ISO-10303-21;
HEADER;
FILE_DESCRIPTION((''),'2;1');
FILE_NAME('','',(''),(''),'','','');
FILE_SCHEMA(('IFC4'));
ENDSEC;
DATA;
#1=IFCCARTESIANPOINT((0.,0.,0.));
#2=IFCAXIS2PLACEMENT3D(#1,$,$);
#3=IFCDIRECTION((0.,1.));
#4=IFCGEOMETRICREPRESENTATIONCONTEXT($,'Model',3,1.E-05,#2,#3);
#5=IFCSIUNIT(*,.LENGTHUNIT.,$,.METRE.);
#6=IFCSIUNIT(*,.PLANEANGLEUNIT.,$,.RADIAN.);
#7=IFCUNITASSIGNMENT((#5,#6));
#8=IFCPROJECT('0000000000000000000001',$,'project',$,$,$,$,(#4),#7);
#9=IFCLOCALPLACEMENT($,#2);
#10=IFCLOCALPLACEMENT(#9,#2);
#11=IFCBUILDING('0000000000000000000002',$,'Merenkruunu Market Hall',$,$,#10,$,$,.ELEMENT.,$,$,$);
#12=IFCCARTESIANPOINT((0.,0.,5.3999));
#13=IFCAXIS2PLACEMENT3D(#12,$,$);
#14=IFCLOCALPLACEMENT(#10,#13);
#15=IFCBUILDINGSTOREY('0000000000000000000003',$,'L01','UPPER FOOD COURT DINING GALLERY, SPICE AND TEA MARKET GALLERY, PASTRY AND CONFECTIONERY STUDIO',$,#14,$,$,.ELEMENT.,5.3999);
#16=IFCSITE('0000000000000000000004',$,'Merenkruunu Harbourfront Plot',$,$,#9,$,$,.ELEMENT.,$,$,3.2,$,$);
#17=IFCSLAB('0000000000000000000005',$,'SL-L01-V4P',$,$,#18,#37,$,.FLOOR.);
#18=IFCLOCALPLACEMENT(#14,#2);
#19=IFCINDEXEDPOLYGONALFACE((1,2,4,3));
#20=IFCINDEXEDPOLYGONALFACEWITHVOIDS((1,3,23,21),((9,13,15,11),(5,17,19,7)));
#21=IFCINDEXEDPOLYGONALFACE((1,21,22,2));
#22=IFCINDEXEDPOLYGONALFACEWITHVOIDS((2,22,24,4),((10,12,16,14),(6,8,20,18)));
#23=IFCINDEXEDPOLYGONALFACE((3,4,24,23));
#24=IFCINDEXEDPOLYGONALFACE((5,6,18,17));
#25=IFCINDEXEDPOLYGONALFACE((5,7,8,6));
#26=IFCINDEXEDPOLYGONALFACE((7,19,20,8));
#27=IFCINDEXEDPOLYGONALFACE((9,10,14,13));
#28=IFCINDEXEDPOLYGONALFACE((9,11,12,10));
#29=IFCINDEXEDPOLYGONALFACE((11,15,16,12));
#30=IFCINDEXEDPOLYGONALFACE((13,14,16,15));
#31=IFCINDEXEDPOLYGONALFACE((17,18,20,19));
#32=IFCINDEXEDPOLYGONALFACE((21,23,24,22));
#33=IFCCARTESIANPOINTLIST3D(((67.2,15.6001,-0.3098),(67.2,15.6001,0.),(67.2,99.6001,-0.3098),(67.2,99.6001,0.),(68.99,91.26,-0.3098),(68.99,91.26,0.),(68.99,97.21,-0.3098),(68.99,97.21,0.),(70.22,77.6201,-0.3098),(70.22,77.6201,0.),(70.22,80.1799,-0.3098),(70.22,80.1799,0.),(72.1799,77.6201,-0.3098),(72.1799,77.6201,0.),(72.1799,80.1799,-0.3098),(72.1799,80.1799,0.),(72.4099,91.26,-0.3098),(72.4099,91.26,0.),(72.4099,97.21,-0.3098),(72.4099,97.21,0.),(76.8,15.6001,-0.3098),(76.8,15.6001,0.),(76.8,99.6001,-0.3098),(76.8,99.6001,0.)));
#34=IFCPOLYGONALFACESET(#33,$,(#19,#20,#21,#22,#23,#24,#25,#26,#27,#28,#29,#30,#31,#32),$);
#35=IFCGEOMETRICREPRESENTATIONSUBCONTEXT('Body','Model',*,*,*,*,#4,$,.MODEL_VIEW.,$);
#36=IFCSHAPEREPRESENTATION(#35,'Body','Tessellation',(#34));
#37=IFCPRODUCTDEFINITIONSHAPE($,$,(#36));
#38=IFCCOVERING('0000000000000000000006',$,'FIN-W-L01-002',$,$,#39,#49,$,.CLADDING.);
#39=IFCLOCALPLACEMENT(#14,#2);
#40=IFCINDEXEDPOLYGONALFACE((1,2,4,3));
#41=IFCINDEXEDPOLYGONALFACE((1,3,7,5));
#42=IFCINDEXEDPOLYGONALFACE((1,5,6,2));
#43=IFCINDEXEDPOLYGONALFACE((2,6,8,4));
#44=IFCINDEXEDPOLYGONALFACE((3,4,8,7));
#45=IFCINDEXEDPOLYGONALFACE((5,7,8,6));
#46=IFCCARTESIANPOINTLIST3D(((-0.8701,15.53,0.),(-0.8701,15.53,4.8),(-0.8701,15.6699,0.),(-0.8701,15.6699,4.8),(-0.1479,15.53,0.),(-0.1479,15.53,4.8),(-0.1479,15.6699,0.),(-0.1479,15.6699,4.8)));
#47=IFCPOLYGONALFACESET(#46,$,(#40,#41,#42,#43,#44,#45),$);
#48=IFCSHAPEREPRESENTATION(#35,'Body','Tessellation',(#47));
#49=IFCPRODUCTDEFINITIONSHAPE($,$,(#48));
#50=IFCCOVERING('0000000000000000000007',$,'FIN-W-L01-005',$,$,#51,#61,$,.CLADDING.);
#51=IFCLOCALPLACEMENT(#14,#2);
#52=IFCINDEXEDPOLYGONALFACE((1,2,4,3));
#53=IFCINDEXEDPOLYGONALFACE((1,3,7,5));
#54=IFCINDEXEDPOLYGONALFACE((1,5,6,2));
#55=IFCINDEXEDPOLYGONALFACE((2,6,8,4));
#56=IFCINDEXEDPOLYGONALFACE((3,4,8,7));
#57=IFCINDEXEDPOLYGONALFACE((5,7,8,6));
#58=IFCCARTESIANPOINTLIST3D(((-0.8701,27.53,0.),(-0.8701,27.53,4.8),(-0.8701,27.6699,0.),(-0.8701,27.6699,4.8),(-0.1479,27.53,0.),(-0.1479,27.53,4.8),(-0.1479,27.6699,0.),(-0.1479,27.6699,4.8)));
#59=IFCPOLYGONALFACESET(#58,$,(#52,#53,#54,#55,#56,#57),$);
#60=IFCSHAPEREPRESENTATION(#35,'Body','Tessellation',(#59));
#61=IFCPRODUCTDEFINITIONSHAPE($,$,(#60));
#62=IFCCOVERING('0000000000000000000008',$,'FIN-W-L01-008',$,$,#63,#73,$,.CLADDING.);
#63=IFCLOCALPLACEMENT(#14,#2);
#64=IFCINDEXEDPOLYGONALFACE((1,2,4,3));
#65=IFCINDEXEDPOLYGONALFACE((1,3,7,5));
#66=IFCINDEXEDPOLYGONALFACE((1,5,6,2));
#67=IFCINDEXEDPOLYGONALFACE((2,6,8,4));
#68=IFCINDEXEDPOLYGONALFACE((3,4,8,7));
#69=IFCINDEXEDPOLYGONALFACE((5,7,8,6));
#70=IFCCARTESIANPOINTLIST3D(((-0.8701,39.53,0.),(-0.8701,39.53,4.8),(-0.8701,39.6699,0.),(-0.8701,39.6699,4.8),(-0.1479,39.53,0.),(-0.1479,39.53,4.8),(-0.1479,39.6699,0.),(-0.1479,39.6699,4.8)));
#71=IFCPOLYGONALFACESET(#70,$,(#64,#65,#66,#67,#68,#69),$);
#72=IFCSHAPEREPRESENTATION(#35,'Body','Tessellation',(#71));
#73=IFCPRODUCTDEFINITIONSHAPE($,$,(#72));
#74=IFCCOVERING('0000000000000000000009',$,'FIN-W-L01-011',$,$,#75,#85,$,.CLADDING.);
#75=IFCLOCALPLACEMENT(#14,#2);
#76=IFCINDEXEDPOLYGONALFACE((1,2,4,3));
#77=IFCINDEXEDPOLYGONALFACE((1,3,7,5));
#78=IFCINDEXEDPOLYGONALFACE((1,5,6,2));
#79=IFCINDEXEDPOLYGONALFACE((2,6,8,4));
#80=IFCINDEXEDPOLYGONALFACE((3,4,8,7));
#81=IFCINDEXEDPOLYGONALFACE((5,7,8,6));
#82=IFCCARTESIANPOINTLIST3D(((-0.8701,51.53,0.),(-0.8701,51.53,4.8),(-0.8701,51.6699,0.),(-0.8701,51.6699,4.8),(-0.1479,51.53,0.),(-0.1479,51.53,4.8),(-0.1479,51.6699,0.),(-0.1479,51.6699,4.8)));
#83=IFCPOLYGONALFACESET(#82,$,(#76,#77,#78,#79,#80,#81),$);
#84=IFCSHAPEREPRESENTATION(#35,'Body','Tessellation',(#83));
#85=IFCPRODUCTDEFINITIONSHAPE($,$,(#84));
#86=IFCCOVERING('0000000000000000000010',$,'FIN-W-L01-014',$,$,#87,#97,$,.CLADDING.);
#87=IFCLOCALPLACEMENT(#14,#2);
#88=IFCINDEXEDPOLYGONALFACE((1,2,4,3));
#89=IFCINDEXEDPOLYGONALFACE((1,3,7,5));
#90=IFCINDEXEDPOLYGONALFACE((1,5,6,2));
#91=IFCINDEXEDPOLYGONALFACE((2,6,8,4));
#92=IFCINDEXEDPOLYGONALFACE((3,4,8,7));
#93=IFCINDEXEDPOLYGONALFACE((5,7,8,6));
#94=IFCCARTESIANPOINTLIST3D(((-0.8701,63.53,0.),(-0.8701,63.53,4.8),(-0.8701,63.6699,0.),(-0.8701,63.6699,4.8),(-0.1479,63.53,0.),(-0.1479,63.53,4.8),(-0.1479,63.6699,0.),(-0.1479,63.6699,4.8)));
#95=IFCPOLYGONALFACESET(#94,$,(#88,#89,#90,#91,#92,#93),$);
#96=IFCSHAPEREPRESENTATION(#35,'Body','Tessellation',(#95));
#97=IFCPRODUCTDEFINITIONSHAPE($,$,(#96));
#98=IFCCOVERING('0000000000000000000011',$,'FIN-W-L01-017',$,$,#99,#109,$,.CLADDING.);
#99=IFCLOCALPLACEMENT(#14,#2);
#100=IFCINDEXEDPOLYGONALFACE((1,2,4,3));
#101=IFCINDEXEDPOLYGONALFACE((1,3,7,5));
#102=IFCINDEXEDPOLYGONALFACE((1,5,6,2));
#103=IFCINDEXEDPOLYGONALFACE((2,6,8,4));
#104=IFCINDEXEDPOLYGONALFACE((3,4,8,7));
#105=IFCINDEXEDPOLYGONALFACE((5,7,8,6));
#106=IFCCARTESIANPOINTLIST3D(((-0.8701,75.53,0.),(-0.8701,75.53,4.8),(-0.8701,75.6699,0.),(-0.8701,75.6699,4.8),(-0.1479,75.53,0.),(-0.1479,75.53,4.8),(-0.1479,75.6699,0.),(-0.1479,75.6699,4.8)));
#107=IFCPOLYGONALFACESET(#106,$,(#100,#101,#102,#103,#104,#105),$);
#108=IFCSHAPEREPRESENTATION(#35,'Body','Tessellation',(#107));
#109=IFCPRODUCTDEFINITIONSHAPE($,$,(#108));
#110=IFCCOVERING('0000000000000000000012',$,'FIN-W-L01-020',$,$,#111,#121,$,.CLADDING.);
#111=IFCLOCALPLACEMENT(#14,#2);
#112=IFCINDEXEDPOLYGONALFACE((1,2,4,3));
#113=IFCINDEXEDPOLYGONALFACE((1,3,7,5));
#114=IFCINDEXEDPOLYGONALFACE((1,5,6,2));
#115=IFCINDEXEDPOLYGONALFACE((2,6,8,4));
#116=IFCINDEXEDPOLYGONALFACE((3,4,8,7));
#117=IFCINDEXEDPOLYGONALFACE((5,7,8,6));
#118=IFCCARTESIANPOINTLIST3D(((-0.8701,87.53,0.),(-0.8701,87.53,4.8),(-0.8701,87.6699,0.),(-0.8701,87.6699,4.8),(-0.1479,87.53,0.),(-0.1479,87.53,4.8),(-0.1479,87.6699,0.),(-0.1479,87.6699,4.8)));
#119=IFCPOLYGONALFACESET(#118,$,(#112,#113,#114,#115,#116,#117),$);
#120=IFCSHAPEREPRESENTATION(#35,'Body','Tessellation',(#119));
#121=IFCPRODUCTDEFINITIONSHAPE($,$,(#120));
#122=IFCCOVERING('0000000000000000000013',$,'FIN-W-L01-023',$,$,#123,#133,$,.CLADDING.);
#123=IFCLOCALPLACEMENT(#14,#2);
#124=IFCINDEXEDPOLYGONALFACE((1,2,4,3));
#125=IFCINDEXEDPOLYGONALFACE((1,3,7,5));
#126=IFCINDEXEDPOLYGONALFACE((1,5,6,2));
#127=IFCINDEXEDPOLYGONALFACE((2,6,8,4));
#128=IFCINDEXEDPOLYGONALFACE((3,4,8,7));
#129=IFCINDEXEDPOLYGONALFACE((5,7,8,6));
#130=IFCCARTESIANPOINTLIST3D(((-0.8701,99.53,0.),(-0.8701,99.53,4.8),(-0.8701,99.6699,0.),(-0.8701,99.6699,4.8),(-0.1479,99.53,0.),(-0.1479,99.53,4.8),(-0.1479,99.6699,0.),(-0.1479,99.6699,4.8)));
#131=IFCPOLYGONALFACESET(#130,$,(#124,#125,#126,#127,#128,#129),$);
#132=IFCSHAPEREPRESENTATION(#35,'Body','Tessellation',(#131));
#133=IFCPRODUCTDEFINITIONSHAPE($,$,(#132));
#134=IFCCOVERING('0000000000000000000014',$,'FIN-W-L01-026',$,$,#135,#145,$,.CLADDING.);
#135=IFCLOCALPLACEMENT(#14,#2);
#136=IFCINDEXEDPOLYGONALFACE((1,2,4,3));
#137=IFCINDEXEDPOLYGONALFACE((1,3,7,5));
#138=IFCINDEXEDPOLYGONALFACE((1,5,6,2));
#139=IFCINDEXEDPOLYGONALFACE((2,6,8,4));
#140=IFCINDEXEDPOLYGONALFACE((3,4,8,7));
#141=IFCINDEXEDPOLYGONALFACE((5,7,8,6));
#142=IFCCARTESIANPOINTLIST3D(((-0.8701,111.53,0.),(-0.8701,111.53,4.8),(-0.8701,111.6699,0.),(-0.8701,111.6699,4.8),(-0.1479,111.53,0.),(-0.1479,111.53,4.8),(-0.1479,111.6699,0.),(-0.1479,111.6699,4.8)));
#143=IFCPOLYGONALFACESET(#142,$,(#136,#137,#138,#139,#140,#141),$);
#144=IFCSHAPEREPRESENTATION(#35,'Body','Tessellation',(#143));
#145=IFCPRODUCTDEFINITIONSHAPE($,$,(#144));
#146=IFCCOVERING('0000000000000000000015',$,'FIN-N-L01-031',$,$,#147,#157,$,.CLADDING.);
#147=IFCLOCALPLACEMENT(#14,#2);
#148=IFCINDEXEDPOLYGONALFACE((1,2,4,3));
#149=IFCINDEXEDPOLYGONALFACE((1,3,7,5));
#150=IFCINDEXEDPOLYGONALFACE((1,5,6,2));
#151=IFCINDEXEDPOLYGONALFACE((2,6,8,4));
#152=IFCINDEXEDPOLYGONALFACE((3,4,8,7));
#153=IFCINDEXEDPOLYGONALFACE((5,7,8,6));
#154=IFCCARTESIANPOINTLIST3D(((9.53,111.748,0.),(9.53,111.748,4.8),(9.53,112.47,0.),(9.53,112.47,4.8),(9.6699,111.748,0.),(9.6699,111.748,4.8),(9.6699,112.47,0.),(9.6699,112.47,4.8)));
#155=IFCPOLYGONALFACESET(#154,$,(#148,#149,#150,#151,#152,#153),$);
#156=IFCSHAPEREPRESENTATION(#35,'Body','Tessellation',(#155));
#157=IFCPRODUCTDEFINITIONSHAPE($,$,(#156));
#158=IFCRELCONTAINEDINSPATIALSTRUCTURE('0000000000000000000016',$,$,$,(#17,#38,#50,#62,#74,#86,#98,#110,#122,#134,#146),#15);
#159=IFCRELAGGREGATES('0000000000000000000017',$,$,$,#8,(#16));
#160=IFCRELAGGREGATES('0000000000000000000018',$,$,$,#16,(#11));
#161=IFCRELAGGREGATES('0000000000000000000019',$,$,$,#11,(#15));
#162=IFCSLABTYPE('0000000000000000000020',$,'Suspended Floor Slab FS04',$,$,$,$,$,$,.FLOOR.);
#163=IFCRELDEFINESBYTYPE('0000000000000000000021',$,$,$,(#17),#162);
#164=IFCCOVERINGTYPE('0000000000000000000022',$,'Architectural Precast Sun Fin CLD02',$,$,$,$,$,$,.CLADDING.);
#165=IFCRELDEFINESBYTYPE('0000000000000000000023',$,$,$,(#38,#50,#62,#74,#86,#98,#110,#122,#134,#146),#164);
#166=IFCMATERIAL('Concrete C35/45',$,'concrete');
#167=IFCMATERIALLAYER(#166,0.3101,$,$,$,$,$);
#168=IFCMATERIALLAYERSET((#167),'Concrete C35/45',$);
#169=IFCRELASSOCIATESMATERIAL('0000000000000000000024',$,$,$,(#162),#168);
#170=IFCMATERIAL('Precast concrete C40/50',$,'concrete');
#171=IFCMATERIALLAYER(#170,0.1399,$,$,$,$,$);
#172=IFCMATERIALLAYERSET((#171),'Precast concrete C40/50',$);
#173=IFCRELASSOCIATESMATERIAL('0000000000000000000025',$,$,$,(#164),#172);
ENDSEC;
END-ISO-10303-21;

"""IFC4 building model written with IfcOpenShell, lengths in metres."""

from ifc_helpers import new_model, si_unit, direction, frame, origin, place, context, subcontext, project, spatial, polyline, outline, extrude, material, layer, layer_set, type_object, element, save


model = new_model("IFC4")

# Units and contexts
model_context = context("Model", 3, precision=1e-05, world=origin(), true_north=direction((0.0, 1.0)))
body_context = subcontext(model_context, "Body", "Model", "MODEL_VIEW")
ifc_project = project(units=[si_unit("LENGTHUNIT", "METRE"), si_unit("PLANEANGLEUNIT", "RADIAN")], contexts=[model_context])

# Site, building, storey
site_placement = place(None, origin())
site = spatial("IfcSite", under=ifc_project, at=site_placement, Name="Merenkruunu Harbourfront Plot", CompositionType="ELEMENT", RefElevation=3.2)
building_placement = place(site_placement, origin())
building = spatial("IfcBuilding", under=site, at=building_placement, Name="Merenkruunu Market Hall", CompositionType="ELEMENT")
storey_placement = place(building_placement, frame((0.0, 0.0, 5.3999)))
storey = spatial("IfcBuildingStorey", under=building, at=storey_placement, Name="L01", Description="UPPER FOOD COURT DINING GALLERY, SPICE AND TEA MARKET GALLERY, PASTRY AND CONFECTIONERY STUDIO", CompositionType="ELEMENT", Elevation=5.3999)

# Slab
ifc_material_1 = material(Name="Concrete C35/45", Category="concrete")
ifc_layer_1 = layer(ifc_material_1, 0.3101)
ifc_layer_set_1 = layer_set([ifc_layer_1], Name="Concrete C35/45")
slab_type_1 = type_object("IfcSlabType", Name="Suspended Floor Slab FS04", PredefinedType="FLOOR", material=ifc_layer_set_1)
slab_1_placement = place(storey_placement, frame((0.0, 0.0, -0.3098)))
element("IfcSlab", 1, at=slab_1_placement, inside=storey, type_object=slab_type_1, Name="SL-L01-V4P", PredefinedType="FLOOR", context=body_context, shape_type="SweptSolid", body=[
    extrude(outline(polyline([(67.2, 15.6001), (76.8, 15.6001), (76.8, 99.6001), (67.2, 99.6001), (67.2, 15.6001)]), holes=[polyline([(68.99, 91.26), (72.4099, 91.26), (72.4099, 97.21), (68.99, 97.21), (68.99, 91.26)]), polyline([(70.22, 77.6201), (72.1799, 77.6201), (72.1799, 80.1799), (70.22, 80.1799), (70.22, 77.6201)])]), origin(), (0.0, 0.0, 1.0), 0.3098),
])

# Coverings
ifc_material_2 = material(Name="Precast concrete C40/50", Category="concrete")
ifc_layer_2 = layer(ifc_material_2, 0.1399)
ifc_layer_set_2 = layer_set([ifc_layer_2], Name="Precast concrete C40/50")
covering_type = type_object("IfcCoveringType", Name="Architectural Precast Sun Fin CLD02", PredefinedType="CLADDING", material=ifc_layer_set_2)
covering_1_placement = place(storey_placement, origin())
element("IfcCovering", 2, at=covering_1_placement, inside=storey, type_object=covering_type, Name="FIN-W-L01-002", PredefinedType="CLADDING", context=body_context, shape_type="SweptSolid", body=[
    extrude(outline(polyline([(-0.8701, 15.53), (-0.1479, 15.53), (-0.1479, 15.6699), (-0.8701, 15.6699), (-0.8701, 15.53)])), origin(), (0.0, 0.0, 1.0), 4.8),
])
covering_2_placement = place(storey_placement, origin())
element("IfcCovering", 3, at=covering_2_placement, inside=storey, type_object=covering_type, Name="FIN-W-L01-005", PredefinedType="CLADDING", context=body_context, shape_type="SweptSolid", body=[
    extrude(outline(polyline([(-0.8701, 27.53), (-0.1479, 27.53), (-0.1479, 27.6699), (-0.8701, 27.6699), (-0.8701, 27.53)])), origin(), (0.0, 0.0, 1.0), 4.8),
])
covering_3_placement = place(storey_placement, origin())
element("IfcCovering", 4, at=covering_3_placement, inside=storey, type_object=covering_type, Name="FIN-W-L01-008", PredefinedType="CLADDING", context=body_context, shape_type="SweptSolid", body=[
    extrude(outline(polyline([(-0.8701, 39.53), (-0.1479, 39.53), (-0.1479, 39.6699), (-0.8701, 39.6699), (-0.8701, 39.53)])), origin(), (0.0, 0.0, 1.0), 4.8),
])
covering_4_placement = place(storey_placement, origin())
element("IfcCovering", 5, at=covering_4_placement, inside=storey, type_object=covering_type, Name="FIN-W-L01-011", PredefinedType="CLADDING", context=body_context, shape_type="SweptSolid", body=[
    extrude(outline(polyline([(-0.8701, 51.53), (-0.1479, 51.53), (-0.1479, 51.6699), (-0.8701, 51.6699), (-0.8701, 51.53)])), origin(), (0.0, 0.0, 1.0), 4.8),
])
covering_5_placement = place(storey_placement, origin())
element("IfcCovering", 6, at=covering_5_placement, inside=storey, type_object=covering_type, Name="FIN-W-L01-014", PredefinedType="CLADDING", context=body_context, shape_type="SweptSolid", body=[
    extrude(outline(polyline([(-0.8701, 63.53), (-0.1479, 63.53), (-0.1479, 63.6699), (-0.8701, 63.6699), (-0.8701, 63.53)])), origin(), (0.0, 0.0, 1.0), 4.8),
])
covering_6_placement = place(storey_placement, origin())
element("IfcCovering", 7, at=covering_6_placement, inside=storey, type_object=covering_type, Name="FIN-W-L01-017", PredefinedType="CLADDING", context=body_context, shape_type="SweptSolid", body=[
    extrude(outline(polyline([(-0.8701, 75.53), (-0.1479, 75.53), (-0.1479, 75.6699), (-0.8701, 75.6699), (-0.8701, 75.53)])), origin(), (0.0, 0.0, 1.0), 4.8),
])
covering_7_placement = place(storey_placement, origin())
element("IfcCovering", 8, at=covering_7_placement, inside=storey, type_object=covering_type, Name="FIN-W-L01-020", PredefinedType="CLADDING", context=body_context, shape_type="SweptSolid", body=[
    extrude(outline(polyline([(-0.8701, 87.53), (-0.1479, 87.53), (-0.1479, 87.6699), (-0.8701, 87.6699), (-0.8701, 87.53)])), origin(), (0.0, 0.0, 1.0), 4.8),
])
covering_8_placement = place(storey_placement, origin())
element("IfcCovering", 9, at=covering_8_placement, inside=storey, type_object=covering_type, Name="FIN-W-L01-023", PredefinedType="CLADDING", context=body_context, shape_type="SweptSolid", body=[
    extrude(outline(polyline([(-0.8701, 99.53), (-0.1479, 99.53), (-0.1479, 99.6699), (-0.8701, 99.6699), (-0.8701, 99.53)])), origin(), (0.0, 0.0, 1.0), 4.8),
])
covering_9_placement = place(storey_placement, origin())
element("IfcCovering", 10, at=covering_9_placement, inside=storey, type_object=covering_type, Name="FIN-W-L01-026", PredefinedType="CLADDING", context=body_context, shape_type="SweptSolid", body=[
    extrude(outline(polyline([(-0.8701, 111.53), (-0.1479, 111.53), (-0.1479, 111.6699), (-0.8701, 111.6699), (-0.8701, 111.53)])), origin(), (0.0, 0.0, 1.0), 4.8),
])
covering_10_placement = place(storey_placement, origin())
element("IfcCovering", 11, at=covering_10_placement, inside=storey, type_object=covering_type, Name="FIN-N-L01-031", PredefinedType="CLADDING", context=body_context, shape_type="SweptSolid", body=[
    extrude(outline(polyline([(9.53, 111.748), (9.6699, 111.748), (9.6699, 112.47), (9.53, 112.47), (9.53, 111.748)])), origin(), (0.0, 0.0, 1.0), 4.8),
])

save(model, "model.ifc")
